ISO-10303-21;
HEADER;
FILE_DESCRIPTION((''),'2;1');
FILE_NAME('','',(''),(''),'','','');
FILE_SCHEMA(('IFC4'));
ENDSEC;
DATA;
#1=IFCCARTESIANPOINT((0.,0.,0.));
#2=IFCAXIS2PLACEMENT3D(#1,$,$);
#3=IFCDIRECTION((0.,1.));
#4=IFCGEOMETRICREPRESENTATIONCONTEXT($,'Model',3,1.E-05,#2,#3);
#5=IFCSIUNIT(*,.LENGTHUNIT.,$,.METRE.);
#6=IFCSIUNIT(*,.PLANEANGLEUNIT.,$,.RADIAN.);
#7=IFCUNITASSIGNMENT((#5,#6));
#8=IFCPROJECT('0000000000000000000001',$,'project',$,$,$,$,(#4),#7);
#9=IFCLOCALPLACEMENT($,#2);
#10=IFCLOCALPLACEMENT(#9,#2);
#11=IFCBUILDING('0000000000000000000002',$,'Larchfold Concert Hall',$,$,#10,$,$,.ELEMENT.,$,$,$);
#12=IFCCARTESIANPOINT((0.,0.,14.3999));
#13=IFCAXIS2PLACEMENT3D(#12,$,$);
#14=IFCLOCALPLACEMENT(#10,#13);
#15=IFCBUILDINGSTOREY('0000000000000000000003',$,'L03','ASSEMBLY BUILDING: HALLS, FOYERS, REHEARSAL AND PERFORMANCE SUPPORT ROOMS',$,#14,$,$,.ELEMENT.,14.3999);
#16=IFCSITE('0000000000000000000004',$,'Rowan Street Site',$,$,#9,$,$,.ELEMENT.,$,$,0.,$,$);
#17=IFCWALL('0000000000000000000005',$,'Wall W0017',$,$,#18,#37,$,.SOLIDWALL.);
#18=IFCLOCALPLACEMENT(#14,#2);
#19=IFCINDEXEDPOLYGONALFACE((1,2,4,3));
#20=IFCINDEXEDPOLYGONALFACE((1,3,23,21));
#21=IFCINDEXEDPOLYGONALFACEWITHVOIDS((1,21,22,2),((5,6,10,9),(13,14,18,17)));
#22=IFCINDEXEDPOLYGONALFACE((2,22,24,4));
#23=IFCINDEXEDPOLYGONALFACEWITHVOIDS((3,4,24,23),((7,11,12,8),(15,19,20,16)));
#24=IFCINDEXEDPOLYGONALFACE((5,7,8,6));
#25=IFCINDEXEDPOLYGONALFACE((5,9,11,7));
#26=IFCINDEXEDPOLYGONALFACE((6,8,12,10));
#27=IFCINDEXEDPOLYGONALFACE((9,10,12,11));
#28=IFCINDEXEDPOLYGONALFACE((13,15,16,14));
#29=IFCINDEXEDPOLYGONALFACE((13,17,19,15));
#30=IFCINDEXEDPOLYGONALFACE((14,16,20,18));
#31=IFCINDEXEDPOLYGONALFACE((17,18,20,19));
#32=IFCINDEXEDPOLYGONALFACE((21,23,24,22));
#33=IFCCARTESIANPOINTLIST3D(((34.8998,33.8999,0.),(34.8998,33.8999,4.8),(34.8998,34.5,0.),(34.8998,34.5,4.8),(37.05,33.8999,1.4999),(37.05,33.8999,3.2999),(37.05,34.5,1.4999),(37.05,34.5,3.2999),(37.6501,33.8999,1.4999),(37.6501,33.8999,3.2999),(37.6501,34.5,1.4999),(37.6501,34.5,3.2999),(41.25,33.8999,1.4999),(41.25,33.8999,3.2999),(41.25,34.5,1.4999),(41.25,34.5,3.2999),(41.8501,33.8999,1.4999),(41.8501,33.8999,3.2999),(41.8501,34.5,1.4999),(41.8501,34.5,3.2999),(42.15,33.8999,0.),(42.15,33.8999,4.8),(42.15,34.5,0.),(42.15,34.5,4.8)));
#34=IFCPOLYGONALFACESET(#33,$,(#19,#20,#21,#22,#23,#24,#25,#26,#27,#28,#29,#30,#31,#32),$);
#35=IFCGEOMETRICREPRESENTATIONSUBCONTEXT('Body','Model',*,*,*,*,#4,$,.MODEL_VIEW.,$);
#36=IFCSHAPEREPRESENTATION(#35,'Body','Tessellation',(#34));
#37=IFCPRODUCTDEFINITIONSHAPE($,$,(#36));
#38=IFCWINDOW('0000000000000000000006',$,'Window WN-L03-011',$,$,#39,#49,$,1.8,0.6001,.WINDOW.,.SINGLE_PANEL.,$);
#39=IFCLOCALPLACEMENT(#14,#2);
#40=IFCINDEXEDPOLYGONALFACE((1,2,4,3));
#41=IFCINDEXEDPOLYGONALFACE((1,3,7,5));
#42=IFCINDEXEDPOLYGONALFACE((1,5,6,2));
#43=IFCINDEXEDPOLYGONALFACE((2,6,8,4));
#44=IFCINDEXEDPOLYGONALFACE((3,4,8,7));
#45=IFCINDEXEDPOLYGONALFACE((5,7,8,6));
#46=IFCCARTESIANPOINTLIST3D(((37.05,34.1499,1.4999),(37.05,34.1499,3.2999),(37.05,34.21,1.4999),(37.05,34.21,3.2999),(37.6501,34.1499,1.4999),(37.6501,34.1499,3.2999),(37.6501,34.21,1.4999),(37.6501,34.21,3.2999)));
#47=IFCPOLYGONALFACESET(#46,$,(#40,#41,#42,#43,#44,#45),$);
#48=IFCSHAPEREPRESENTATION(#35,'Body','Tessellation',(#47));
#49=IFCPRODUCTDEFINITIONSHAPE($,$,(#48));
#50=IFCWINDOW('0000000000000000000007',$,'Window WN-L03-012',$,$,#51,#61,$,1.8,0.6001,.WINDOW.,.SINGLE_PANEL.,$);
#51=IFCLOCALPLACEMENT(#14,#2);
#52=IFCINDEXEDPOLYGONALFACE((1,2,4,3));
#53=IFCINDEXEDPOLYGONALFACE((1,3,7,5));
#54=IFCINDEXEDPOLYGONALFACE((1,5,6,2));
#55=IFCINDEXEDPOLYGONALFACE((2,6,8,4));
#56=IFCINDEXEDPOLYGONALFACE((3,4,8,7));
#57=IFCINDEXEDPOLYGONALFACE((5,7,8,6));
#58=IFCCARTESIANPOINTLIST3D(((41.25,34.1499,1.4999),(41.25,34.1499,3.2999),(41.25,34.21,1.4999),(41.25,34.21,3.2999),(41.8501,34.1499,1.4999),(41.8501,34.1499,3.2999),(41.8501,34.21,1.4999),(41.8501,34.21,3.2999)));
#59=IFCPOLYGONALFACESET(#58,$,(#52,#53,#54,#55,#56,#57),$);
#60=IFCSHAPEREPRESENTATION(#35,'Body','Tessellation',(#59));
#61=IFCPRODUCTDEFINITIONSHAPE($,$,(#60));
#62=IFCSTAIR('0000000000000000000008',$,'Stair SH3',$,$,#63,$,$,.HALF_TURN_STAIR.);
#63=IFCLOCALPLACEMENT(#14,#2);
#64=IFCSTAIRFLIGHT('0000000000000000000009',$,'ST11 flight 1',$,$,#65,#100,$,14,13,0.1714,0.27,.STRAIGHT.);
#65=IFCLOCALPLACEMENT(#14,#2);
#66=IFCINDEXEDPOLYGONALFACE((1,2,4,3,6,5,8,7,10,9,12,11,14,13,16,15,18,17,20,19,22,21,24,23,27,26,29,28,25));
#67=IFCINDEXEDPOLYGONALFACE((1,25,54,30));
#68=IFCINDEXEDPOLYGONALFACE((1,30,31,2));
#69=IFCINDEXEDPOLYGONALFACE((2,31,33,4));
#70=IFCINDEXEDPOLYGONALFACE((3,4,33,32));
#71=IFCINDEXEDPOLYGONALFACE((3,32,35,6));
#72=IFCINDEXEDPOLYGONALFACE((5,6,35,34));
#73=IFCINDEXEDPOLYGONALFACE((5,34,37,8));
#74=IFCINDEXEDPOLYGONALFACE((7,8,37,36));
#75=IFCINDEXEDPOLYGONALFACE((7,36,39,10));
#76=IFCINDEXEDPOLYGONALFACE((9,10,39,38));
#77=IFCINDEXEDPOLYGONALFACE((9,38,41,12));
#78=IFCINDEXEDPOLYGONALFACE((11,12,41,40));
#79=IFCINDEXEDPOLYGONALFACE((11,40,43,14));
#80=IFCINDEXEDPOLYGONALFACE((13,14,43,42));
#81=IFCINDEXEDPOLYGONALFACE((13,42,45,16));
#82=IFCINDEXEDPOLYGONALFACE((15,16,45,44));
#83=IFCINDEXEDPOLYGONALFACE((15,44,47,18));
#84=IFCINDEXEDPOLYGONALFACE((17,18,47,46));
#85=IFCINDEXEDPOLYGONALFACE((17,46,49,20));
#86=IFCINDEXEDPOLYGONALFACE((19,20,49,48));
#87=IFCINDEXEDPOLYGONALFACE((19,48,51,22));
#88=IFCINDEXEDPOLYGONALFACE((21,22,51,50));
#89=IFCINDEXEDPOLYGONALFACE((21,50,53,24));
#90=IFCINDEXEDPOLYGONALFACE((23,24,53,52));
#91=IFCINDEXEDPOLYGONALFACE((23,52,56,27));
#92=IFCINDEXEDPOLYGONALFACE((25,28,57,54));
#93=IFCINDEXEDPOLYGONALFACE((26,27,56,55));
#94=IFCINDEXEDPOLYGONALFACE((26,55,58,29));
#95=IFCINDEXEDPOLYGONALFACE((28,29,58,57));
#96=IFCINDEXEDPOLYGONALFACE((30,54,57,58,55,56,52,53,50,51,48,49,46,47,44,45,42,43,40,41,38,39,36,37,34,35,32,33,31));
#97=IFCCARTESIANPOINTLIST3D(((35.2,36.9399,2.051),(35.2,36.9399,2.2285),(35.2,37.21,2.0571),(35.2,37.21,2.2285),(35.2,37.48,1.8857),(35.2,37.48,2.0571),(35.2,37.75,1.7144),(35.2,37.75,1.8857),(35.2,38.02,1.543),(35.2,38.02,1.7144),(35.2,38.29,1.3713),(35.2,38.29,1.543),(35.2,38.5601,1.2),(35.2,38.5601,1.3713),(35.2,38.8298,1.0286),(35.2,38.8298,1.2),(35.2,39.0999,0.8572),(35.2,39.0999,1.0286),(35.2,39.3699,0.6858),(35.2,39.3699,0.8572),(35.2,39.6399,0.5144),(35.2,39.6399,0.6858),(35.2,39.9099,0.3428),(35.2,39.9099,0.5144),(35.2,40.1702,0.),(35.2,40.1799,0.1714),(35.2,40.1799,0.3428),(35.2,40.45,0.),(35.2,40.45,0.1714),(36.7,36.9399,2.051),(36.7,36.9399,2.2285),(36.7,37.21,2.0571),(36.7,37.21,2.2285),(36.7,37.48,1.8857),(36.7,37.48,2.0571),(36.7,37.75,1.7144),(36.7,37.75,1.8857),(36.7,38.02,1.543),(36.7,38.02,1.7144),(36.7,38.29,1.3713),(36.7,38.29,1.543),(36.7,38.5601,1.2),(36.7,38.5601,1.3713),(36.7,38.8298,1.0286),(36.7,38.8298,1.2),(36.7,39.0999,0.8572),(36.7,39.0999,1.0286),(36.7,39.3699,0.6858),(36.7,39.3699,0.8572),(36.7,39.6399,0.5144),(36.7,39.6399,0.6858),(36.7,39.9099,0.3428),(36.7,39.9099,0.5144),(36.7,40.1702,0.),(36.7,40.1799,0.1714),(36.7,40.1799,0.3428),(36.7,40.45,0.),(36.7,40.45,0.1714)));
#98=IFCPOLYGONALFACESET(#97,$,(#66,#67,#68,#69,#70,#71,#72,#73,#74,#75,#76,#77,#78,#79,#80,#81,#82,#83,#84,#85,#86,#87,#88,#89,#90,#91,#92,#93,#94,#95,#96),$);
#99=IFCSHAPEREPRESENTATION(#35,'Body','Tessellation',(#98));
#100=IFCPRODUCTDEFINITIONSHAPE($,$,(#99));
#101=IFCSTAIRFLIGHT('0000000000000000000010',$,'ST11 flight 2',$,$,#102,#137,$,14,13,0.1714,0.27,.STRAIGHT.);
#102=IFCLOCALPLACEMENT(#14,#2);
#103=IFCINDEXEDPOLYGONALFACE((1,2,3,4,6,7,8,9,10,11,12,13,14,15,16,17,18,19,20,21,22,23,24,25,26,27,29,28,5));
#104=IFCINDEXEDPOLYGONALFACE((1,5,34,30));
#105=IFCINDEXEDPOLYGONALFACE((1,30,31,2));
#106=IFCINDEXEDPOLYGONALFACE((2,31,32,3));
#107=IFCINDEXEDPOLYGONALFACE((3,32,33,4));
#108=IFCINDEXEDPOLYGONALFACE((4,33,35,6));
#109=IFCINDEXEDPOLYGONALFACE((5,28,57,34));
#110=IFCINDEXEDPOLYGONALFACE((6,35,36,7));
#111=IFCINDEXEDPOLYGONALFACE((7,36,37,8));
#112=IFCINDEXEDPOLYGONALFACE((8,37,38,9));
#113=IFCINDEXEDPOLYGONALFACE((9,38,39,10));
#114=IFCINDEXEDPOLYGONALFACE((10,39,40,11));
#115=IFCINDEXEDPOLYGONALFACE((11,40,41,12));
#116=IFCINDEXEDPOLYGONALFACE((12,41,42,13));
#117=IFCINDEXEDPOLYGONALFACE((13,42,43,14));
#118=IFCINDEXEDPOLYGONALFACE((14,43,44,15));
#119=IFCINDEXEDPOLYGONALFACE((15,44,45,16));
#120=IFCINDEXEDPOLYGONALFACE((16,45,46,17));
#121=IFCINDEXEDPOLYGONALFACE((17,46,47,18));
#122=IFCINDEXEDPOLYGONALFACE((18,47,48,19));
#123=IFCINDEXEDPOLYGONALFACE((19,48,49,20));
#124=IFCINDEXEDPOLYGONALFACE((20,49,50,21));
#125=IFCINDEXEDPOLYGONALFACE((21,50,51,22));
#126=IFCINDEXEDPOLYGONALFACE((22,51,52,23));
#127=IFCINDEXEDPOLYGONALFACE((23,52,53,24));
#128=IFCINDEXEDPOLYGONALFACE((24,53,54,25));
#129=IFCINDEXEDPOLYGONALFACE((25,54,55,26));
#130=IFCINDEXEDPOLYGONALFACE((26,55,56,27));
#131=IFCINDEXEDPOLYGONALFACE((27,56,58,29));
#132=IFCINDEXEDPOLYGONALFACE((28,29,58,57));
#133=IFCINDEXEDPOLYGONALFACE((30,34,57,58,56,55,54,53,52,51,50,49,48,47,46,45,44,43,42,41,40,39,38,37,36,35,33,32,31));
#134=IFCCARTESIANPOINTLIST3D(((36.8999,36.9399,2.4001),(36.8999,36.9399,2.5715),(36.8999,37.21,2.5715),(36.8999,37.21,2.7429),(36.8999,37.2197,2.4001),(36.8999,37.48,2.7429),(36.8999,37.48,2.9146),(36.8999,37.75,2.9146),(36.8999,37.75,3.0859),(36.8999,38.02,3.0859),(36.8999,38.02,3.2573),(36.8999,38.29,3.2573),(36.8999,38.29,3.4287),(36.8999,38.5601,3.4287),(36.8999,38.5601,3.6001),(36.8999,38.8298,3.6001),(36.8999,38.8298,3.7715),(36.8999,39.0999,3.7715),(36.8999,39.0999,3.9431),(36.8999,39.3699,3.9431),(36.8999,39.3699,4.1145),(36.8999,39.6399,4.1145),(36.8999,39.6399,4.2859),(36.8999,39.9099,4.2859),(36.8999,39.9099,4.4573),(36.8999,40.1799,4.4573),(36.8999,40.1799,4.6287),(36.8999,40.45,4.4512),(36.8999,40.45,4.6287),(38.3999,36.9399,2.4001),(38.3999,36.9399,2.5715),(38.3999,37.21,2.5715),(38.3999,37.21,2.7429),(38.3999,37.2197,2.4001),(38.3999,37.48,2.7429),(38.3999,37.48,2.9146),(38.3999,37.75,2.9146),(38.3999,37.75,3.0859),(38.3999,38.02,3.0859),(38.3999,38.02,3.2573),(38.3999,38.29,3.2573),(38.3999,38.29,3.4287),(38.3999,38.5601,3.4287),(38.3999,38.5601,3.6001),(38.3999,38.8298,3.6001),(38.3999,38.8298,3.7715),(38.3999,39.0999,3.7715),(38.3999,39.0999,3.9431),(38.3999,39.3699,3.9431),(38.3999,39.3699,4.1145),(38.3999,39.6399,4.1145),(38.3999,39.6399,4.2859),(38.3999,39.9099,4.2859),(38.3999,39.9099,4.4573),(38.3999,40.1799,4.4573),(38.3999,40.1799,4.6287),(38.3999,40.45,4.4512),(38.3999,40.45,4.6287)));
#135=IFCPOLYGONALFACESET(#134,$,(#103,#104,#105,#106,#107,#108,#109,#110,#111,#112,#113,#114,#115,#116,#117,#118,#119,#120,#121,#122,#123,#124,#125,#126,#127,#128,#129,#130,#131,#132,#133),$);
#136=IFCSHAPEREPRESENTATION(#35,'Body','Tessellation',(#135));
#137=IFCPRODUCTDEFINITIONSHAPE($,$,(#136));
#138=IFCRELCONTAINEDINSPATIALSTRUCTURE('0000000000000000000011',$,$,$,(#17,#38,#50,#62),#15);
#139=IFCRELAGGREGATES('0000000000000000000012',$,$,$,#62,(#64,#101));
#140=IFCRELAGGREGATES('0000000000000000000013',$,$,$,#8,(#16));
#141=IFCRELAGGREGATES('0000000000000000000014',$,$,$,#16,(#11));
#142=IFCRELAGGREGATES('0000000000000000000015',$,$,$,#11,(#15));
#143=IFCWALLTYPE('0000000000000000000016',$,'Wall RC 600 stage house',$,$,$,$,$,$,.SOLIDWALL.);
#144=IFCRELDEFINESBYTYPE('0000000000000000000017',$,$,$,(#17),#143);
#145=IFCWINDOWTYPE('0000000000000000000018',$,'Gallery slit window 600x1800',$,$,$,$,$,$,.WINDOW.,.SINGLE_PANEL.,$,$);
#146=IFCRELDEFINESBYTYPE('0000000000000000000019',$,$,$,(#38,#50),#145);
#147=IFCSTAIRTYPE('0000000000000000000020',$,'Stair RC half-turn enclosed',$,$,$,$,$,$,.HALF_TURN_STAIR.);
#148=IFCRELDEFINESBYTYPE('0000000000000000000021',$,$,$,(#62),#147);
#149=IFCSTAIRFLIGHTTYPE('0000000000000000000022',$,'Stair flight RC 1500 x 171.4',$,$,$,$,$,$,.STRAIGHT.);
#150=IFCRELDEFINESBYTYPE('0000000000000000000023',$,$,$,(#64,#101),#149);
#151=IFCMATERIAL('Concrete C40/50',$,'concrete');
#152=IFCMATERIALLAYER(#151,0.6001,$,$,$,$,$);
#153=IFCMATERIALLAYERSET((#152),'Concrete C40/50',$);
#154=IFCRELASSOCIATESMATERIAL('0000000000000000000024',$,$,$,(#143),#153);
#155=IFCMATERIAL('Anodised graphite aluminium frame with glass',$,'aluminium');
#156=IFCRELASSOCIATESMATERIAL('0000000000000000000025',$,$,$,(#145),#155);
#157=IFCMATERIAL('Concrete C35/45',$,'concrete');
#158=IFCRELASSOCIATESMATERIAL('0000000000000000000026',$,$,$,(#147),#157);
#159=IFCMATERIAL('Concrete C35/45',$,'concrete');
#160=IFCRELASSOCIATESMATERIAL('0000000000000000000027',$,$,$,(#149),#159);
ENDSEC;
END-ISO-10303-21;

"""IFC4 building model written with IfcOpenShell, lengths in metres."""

from ifc_helpers import new_model, si_unit, direction, frame, frame_2d, origin, place, context, subcontext, project, spatial, polyline, rectangle, outline, extrude, material, layer, layer_set, type_object, element, fill, aggregate, save


model = new_model("IFC4")

# Units and contexts
model_context = context("Model", 3, precision=1e-05, world=origin(), true_north=direction((0.0, 1.0)))
body_context = subcontext(model_context, "Body", "Model", "MODEL_VIEW")
ifc_project = project(units=[si_unit("LENGTHUNIT", "METRE"), si_unit("PLANEANGLEUNIT", "RADIAN")], contexts=[model_context])

# Site, building, storey
site_placement = place(None, origin())
site = spatial("IfcSite", under=ifc_project, at=site_placement, Name="Rowan Street Site", CompositionType="ELEMENT", RefElevation=0.0)
building_placement = place(site_placement, origin())
building = spatial("IfcBuilding", under=site, at=building_placement, Name="Larchfold Concert Hall", CompositionType="ELEMENT")
storey_placement = place(building_placement, frame((0.0, 0.0, 14.3999)))
storey = spatial("IfcBuildingStorey", under=building, at=storey_placement, Name="L03", Description="ASSEMBLY BUILDING: HALLS, FOYERS, REHEARSAL AND PERFORMANCE SUPPORT ROOMS", CompositionType="ELEMENT", Elevation=14.3999)

# Wall, openings, windows
ifc_material_1 = material(Name="Concrete C40/50", Category="concrete")
ifc_layer_1 = layer(ifc_material_1, 0.6001)
ifc_layer_set_1 = layer_set([ifc_layer_1], Name="Concrete C40/50")
wall_type_1 = type_object("IfcWallType", Name="Wall RC 600 stage house", PredefinedType="SOLIDWALL", material=ifc_layer_set_1)
wall_1_placement = place(storey_placement, frame((34.8999, 34.2, 0.0), z_axis=(0.0, 0.0, 1.0), x_axis=(1.0, 0.0, 0.0)))
wall_1 = element("IfcWall", 1, at=wall_1_placement, inside=storey, type_object=wall_type_1, Name="Wall W0017", PredefinedType="SOLIDWALL", context=body_context, shape_type="SweptSolid", body=[
    extrude(rectangle(XDim=7.2502, YDim=0.6001, at=frame_2d((3.625, 0.0))), origin(), (0.0, 0.0, 1.0), 4.8),
])
opening_1_placement = place(wall_1_placement, frame((2.1501, 0.0, 1.5)))
opening_1 = element("IfcOpeningElement", 2, at=opening_1_placement, cuts=wall_1, PredefinedType="OPENING", context=body_context, shape_type="SweptSolid", body=[
    extrude(rectangle(XDim=0.6001, YDim=1.8, at=frame_2d((0.3, 0.8999))), frame((0.0, 0.3101, 0.0), z_axis=(0.0, -1.0, 0.0), x_axis=(1.0, 0.0, 0.0)), (0.0, 0.0, 1.0), 0.6201),
])
opening_2_placement = place(wall_1_placement, frame((6.3501, 0.0, 1.5)))
opening_2 = element("IfcOpeningElement", 3, at=opening_2_placement, cuts=wall_1, PredefinedType="OPENING", context=body_context, shape_type="SweptSolid", body=[
    extrude(rectangle(XDim=0.6001, YDim=1.8, at=frame_2d((0.3, 0.8999))), frame((0.0, 0.3101, 0.0), z_axis=(0.0, -1.0, 0.0), x_axis=(1.0, 0.0, 0.0)), (0.0, 0.0, 1.0), 0.6201),
])
ifc_material_2 = material(Name="Anodised graphite aluminium frame with glass", Category="aluminium")
window_type = type_object("IfcWindowType", Name="Gallery slit window 600x1800", PartitioningType="SINGLE_PANEL", PredefinedType="WINDOW", material=ifc_material_2)
window_1_placement = place(opening_1_placement, origin())
window_1 = element("IfcWindow", 4, at=window_1_placement, inside=storey, type_object=window_type, Name="Window WN-L03-011", OverallHeight=1.8, OverallWidth=0.6001, PartitioningType="SINGLE_PANEL", PredefinedType="WINDOW", context=body_context, shape_type="SweptSolid", body=[
    extrude(rectangle(XDim=0.6001, YDim=1.8, at=frame_2d((0.3, 0.8999))), frame((0.0, 0.01, 0.0), z_axis=(0.0, -1.0, 0.0), x_axis=(1.0, 0.0, 0.0)), (0.0, 0.0, 1.0), 0.0601),
])
fill(opening_1, window_1)
window_2_placement = place(opening_2_placement, origin())
window_2 = element("IfcWindow", 5, at=window_2_placement, inside=storey, type_object=window_type, Name="Window WN-L03-012", OverallHeight=1.8, OverallWidth=0.6001, PartitioningType="SINGLE_PANEL", PredefinedType="WINDOW", context=body_context, shape_type="SweptSolid", body=[
    extrude(rectangle(XDim=0.6001, YDim=1.8, at=frame_2d((0.3, 0.8999))), frame((0.0, 0.01, 0.0), z_axis=(0.0, -1.0, 0.0), x_axis=(1.0, 0.0, 0.0)), (0.0, 0.0, 1.0), 0.0601),
])
fill(opening_2, window_2)

# Stair, stair flights
ifc_material_3 = material(Name="Concrete C35/45", Category="concrete")
stair_type = type_object("IfcStairType", Name="Stair RC half-turn enclosed", PredefinedType="HALF_TURN_STAIR", material=ifc_material_3)
stair_placement = place(storey_placement, origin())
stair = element("IfcStair", 6, at=stair_placement, inside=storey, type_object=stair_type, Name="Stair SH3", PredefinedType="HALF_TURN_STAIR")
ifc_material_4 = material(Name="Concrete C35/45", Category="concrete")
stair_flight_type = type_object("IfcStairFlightType", Name="Stair flight RC 1500 x 171.4", PredefinedType="STRAIGHT", material=ifc_material_4)
stair_flight_1_placement = place(storey_placement, frame((35.95, 40.45, 0.0), z_axis=(0.0, 0.0, 1.0), x_axis=(0.0, -1.0, 0.0)))
stair_flight_1 = element("IfcStairFlight", 7, at=stair_flight_1_placement, type_object=stair_flight_type, Name="ST11 flight 1", NumberOfRisers=14, NumberOfTreads=13, PredefinedType="STRAIGHT", RiserHeight=0.1714, TreadLength=0.27, context=body_context, shape_type="SweptSolid", body=[
    extrude(outline(polyline([(0.0, 0.0), (0.0, 0.1714), (0.27, 0.1714), (0.27, 0.3428), (0.54, 0.3428), (0.54, 0.5144), (0.8101, 0.5144), (0.8101, 0.6858), (1.0801, 0.6858), (1.0801, 0.8572), (1.3501, 0.8572), (1.3501, 1.0286), (1.6201, 1.0286), (1.6201, 1.2), (1.8899, 1.2), (1.8899, 1.3713), (2.1599, 1.3713), (2.1599, 1.543), (2.4299, 1.543), (2.4299, 1.7144), (2.7, 1.7144), (2.7, 1.8857), (2.97, 1.8857), (2.97, 2.0571), (3.24, 2.0571), (3.24, 2.2285), (3.51, 2.2285), (3.51, 2.3999), (3.51, 2.051), (0.2798, 0.0), (0.0, 0.0)])), frame((0.0, 0.75, 0.0), z_axis=(0.0, -1.0, 0.0), x_axis=(1.0, 0.0, 0.0)), (0.0, 0.0, 1.0), 1.5),
])
stair_flight_2_placement = place(storey_placement, frame((37.6499, 36.9399, 2.4001), z_axis=(0.0, 0.0, 1.0), x_axis=(0.0, 1.0, 0.0)))
stair_flight_2 = element("IfcStairFlight", 8, at=stair_flight_2_placement, type_object=stair_flight_type, Name="ST11 flight 2", NumberOfRisers=14, NumberOfTreads=13, PredefinedType="STRAIGHT", RiserHeight=0.1714, TreadLength=0.27, context=body_context, shape_type="SweptSolid", body=[
    extrude(outline(polyline([(0.0, 0.0), (0.0, 0.1714), (0.27, 0.1714), (0.27, 0.3428), (0.54, 0.3428), (0.54, 0.5144), (0.8101, 0.5144), (0.8101, 0.6858), (1.0801, 0.6858), (1.0801, 0.8572), (1.3501, 0.8572), (1.3501, 1.0286), (1.6201, 1.0286), (1.6201, 1.2), (1.8899, 1.2), (1.8899, 1.3713), (2.1599, 1.3713), (2.1599, 1.543), (2.4299, 1.543), (2.4299, 1.7144), (2.7, 1.7144), (2.7, 1.8857), (2.97, 1.8857), (2.97, 2.0571), (3.24, 2.0571), (3.24, 2.2285), (3.51, 2.2285), (3.51, 2.3999), (3.51, 2.051), (0.2798, 0.0), (0.0, 0.0)])), frame((0.0, 0.75, 0.0), z_axis=(0.0, -1.0, 0.0), x_axis=(1.0, 0.0, 0.0)), (0.0, 0.0, 1.0), 1.5),
])
aggregate(stair, [stair_flight_1, stair_flight_2])

save(model, "model.ifc")
